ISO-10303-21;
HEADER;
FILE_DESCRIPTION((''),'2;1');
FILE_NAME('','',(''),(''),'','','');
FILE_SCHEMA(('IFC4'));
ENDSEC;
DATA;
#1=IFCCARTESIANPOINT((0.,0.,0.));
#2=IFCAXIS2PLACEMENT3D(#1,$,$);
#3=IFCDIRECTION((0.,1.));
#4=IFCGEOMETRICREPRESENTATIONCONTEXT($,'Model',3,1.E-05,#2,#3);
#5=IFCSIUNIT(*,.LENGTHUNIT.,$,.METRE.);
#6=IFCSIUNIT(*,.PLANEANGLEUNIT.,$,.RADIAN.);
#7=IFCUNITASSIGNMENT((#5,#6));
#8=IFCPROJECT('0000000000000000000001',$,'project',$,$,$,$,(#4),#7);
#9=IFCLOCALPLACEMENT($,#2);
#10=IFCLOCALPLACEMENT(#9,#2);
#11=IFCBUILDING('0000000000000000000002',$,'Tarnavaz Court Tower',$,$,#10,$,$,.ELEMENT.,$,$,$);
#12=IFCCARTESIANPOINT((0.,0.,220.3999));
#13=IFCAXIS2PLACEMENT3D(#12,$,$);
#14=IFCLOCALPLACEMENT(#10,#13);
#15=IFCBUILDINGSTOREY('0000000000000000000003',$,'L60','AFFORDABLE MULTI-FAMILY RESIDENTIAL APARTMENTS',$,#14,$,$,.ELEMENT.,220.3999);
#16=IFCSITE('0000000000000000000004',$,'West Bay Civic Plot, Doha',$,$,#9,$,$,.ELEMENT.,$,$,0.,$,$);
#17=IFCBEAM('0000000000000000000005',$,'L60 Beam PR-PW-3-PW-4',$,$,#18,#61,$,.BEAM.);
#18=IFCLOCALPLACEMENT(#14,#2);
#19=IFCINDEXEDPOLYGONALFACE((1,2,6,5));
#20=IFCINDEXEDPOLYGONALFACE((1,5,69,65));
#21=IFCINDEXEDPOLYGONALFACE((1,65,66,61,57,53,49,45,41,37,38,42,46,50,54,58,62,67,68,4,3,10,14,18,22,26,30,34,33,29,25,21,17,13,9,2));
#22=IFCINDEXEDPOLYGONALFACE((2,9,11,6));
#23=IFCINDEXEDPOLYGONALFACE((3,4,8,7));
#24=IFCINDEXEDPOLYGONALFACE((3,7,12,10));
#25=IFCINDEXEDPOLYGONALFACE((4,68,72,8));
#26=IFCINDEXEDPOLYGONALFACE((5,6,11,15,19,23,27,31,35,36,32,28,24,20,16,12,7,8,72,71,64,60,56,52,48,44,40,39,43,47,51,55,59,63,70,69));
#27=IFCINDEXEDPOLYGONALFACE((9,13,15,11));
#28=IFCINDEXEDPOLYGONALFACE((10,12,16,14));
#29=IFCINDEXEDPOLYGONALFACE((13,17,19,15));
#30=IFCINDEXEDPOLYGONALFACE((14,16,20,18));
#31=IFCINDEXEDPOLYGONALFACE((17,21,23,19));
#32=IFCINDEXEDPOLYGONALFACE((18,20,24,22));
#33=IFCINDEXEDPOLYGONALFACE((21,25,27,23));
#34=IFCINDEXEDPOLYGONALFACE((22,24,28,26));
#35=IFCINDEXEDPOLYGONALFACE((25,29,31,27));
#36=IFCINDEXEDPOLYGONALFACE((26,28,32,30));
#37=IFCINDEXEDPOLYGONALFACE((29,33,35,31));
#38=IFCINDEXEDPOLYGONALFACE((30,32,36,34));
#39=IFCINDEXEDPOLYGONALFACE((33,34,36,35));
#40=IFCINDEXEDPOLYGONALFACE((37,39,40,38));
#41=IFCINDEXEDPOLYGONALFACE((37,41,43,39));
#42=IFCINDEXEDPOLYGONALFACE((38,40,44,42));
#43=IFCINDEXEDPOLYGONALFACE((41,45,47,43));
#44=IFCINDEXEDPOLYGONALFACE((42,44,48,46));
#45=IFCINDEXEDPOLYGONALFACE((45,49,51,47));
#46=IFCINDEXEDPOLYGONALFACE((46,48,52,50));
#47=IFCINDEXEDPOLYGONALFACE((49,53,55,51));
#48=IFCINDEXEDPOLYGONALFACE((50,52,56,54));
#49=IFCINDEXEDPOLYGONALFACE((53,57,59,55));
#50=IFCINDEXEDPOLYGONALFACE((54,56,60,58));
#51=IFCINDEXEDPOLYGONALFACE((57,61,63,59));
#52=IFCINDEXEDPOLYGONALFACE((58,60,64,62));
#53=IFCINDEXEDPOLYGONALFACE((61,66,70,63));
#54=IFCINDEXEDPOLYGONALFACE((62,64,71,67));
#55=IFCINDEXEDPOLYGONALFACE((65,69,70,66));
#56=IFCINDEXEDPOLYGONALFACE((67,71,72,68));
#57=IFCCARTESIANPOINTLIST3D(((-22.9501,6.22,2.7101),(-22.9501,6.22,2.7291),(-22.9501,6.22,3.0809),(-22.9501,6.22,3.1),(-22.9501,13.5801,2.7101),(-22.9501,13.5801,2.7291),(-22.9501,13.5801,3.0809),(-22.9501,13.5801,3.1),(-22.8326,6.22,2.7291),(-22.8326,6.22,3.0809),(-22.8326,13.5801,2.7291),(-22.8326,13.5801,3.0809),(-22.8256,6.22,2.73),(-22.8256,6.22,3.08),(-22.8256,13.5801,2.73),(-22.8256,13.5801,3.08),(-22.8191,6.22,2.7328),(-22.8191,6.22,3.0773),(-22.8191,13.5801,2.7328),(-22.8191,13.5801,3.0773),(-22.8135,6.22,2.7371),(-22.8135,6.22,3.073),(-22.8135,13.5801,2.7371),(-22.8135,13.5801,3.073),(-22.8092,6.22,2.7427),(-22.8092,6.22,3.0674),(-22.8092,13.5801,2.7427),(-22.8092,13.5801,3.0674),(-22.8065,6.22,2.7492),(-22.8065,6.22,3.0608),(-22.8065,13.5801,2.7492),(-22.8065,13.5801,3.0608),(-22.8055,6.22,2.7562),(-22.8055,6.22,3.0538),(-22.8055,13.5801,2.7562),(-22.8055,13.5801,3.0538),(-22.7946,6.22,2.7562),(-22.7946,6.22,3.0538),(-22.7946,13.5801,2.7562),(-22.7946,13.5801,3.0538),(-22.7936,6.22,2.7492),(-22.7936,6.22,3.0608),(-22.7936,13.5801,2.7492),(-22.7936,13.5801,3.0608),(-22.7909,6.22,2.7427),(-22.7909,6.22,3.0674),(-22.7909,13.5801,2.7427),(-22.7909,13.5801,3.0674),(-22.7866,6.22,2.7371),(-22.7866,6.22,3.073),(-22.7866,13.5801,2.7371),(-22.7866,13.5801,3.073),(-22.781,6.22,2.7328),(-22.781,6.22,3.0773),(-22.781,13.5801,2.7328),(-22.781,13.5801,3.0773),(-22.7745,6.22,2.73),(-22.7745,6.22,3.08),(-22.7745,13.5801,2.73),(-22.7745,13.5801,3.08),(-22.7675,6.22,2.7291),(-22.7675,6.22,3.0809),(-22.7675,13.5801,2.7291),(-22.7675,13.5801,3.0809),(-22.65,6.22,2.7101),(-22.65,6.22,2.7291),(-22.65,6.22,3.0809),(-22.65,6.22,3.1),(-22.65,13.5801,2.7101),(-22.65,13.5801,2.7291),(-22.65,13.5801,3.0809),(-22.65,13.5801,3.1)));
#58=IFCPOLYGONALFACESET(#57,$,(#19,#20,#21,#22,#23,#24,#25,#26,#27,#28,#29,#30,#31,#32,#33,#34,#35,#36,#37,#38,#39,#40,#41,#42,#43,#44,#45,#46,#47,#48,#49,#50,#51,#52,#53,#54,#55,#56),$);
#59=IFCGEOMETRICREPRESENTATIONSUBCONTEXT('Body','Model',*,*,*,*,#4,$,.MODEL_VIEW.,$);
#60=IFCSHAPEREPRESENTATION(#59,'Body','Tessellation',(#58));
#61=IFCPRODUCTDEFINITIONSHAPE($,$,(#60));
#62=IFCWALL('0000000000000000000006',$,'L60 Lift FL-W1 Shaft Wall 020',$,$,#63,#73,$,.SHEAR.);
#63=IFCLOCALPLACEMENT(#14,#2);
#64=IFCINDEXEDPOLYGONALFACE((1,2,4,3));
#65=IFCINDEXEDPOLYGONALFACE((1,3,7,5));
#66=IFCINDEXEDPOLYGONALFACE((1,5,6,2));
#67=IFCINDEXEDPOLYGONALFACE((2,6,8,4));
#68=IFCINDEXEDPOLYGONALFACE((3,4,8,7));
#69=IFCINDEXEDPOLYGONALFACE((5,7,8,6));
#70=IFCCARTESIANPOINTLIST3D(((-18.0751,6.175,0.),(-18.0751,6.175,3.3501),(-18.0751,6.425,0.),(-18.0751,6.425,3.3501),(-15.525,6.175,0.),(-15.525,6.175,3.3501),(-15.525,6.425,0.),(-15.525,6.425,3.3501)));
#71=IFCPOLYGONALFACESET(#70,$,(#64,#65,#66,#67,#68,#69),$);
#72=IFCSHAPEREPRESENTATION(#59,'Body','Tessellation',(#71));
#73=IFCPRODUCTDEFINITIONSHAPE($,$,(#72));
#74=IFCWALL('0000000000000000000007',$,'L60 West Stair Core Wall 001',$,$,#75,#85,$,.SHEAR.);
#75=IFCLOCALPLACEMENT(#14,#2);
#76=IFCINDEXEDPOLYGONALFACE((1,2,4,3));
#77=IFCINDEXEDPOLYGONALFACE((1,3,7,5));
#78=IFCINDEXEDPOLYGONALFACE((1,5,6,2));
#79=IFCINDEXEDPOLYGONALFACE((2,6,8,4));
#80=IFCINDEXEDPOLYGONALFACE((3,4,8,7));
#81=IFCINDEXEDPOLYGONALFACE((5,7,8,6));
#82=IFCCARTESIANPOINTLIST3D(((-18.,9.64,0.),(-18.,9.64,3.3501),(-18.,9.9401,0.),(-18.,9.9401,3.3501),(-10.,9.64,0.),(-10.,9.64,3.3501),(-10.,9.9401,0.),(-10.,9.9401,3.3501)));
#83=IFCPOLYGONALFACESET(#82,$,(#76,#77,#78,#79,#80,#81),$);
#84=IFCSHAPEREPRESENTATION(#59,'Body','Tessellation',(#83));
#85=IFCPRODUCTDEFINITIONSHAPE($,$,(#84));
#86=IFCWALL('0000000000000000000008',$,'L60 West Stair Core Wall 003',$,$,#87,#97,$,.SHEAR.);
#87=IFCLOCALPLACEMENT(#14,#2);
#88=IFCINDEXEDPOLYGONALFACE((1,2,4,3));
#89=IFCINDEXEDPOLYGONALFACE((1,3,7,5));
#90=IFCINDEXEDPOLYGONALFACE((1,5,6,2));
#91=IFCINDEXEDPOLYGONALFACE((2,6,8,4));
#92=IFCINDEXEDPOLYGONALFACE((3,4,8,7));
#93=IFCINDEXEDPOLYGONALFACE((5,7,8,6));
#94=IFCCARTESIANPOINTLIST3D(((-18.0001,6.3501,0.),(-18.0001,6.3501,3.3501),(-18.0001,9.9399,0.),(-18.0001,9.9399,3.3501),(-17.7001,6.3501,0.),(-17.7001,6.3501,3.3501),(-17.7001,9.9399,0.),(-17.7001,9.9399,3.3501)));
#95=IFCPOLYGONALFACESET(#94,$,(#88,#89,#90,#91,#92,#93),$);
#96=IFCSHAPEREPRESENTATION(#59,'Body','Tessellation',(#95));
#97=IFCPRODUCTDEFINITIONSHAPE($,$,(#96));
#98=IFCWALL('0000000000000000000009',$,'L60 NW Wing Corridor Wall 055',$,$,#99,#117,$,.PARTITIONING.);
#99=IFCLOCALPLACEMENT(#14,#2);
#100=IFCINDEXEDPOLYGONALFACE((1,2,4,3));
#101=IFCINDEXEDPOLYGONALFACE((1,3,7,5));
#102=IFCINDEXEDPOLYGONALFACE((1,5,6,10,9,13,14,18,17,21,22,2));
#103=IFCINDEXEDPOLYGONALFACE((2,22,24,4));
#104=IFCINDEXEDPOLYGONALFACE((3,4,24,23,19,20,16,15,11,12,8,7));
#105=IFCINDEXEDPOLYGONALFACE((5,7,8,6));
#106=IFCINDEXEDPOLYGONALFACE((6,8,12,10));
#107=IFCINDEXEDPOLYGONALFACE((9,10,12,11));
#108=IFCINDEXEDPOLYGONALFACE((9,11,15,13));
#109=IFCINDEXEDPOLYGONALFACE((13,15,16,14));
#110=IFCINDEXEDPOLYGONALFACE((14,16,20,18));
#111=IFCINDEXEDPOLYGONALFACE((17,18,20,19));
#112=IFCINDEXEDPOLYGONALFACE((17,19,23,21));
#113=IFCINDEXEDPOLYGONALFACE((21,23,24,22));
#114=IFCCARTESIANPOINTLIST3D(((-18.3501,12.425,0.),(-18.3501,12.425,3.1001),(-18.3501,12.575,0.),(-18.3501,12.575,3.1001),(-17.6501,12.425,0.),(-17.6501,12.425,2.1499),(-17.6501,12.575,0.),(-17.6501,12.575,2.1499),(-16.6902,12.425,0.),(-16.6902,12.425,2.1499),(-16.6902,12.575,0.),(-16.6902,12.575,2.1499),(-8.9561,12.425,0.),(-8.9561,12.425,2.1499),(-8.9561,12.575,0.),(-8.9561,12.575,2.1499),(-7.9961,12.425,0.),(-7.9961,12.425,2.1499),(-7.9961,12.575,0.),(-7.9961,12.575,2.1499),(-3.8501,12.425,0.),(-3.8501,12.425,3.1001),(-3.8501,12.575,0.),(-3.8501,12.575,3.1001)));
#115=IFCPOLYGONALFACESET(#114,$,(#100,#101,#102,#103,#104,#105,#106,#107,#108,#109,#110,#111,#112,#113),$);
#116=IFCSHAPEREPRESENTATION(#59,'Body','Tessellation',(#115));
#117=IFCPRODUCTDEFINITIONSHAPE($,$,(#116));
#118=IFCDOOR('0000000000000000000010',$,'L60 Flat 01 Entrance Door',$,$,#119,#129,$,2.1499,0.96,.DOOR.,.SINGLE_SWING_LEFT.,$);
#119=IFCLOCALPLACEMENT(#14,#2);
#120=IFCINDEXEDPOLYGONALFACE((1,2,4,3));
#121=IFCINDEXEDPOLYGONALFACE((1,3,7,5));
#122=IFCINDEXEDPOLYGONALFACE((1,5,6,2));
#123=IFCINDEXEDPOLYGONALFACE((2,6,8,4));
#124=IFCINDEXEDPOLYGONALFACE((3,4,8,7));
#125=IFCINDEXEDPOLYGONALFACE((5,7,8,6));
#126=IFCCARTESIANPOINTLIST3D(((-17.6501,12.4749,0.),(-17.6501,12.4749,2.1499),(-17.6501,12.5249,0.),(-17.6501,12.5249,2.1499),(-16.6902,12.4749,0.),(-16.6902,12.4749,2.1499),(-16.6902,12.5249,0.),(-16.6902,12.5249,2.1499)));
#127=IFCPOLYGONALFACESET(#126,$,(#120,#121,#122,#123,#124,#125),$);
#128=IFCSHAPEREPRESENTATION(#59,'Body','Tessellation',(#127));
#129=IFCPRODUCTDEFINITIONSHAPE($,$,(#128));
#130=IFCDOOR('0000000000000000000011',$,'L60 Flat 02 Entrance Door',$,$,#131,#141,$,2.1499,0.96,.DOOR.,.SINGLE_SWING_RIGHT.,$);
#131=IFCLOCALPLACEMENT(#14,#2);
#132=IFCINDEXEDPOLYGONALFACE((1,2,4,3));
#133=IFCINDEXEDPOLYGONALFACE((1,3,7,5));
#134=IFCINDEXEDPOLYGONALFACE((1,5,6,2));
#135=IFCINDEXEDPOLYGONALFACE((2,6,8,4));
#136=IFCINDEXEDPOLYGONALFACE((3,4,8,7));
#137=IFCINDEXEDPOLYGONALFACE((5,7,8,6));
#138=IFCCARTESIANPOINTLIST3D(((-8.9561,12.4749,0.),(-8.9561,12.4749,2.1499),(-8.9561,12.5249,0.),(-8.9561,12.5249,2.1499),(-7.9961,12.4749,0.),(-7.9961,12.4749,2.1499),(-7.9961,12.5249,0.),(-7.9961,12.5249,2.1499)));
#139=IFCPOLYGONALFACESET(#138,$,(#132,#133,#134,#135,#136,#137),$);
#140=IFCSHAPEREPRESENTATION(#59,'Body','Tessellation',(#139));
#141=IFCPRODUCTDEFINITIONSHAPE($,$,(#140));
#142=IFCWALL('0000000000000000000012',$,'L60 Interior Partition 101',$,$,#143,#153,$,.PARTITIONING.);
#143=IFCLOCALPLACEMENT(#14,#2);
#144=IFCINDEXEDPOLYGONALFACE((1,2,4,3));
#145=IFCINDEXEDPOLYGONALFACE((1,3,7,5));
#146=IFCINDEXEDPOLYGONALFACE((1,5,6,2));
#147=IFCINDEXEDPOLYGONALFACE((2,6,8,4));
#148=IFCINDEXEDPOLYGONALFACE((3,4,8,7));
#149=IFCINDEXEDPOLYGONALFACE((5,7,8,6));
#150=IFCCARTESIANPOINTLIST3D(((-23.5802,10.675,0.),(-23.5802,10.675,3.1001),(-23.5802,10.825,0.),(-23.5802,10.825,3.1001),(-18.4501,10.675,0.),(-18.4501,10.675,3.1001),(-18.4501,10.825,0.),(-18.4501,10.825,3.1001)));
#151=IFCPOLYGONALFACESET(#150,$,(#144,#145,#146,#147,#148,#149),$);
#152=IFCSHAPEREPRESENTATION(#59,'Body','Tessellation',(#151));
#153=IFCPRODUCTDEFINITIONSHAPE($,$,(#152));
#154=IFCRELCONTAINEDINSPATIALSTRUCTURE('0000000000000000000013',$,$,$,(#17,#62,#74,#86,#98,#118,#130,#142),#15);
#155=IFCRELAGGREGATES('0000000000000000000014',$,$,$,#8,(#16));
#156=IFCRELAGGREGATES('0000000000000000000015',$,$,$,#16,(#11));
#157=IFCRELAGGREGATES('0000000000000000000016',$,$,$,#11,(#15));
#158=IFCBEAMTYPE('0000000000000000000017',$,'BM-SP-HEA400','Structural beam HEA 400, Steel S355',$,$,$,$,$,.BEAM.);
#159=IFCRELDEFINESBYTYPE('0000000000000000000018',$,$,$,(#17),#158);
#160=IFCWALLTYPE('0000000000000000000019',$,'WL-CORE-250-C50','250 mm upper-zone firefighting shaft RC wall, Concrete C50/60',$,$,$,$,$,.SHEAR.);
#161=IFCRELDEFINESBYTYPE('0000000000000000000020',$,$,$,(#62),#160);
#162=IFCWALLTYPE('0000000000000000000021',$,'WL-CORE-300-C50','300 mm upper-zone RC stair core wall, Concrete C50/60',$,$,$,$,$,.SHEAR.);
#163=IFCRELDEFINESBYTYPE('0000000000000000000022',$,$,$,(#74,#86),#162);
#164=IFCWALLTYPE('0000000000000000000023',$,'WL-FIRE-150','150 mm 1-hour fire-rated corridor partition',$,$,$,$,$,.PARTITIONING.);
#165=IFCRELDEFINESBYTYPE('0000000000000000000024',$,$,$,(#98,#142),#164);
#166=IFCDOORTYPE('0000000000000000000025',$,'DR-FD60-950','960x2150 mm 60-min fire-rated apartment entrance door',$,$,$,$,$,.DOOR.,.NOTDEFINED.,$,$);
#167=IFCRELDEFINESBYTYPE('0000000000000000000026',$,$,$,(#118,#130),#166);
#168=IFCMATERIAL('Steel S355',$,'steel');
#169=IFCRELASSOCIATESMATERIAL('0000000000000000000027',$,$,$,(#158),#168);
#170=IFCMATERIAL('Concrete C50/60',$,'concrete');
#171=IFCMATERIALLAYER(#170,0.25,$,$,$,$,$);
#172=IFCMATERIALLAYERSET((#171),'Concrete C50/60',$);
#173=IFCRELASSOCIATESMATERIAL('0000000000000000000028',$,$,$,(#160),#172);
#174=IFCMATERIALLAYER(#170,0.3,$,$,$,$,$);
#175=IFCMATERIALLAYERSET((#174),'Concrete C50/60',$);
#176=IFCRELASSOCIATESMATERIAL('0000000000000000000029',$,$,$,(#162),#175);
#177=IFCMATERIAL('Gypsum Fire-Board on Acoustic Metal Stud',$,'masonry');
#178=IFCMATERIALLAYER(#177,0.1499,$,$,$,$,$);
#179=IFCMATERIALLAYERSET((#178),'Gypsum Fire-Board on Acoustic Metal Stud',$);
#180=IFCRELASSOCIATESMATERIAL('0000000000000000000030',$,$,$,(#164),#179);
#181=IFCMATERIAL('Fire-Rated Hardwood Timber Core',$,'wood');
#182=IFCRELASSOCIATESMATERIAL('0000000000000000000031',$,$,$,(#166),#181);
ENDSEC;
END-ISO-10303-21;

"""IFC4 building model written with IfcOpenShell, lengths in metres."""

from ifc_helpers import new_model, si_unit, direction, frame, frame_2d, origin, origin_2d, place, context, subcontext, project, spatial, rectangle, i_section, extrude, material, layer, layer_set, material_profile, profile_set, type_object, element, fill, save


model = new_model("IFC4")

# Units and contexts
model_context = context("Model", 3, precision=1e-05, world=origin(), true_north=direction((0.0, 1.0)))
body_context = subcontext(model_context, "Body", "Model", "MODEL_VIEW")
ifc_project = project(units=[si_unit("LENGTHUNIT", "METRE"), si_unit("PLANEANGLEUNIT", "RADIAN")], contexts=[model_context])

# Site, building, storey
site_placement = place(None, origin())
site = spatial("IfcSite", under=ifc_project, at=site_placement, Name="West Bay Civic Plot, Doha", CompositionType="ELEMENT", RefElevation=0.0)
building_placement = place(site_placement, origin())
building = spatial("IfcBuilding", under=site, at=building_placement, Name="Tarnavaz Court Tower", CompositionType="ELEMENT")
storey_placement = place(building_placement, frame((0.0, 0.0, 220.3999)))
storey = spatial("IfcBuildingStorey", under=building, at=storey_placement, Name="L60", Description="AFFORDABLE MULTI-FAMILY RESIDENTIAL APARTMENTS", CompositionType="ELEMENT", Elevation=220.3999)

# Shared definitions
ifc_material_1 = material(Name="Concrete C50/60", Category="concrete")

# Beam
ifc_material_2 = material(Name="Steel S355", Category="steel")
ifc_material_profile_1 = material_profile(ifc_material_2, i_section(OverallWidth=0.3, OverallDepth=0.3899, WebThickness=0.011, FlangeThickness=0.019, FilletRadius=0.0271, at=origin_2d()), Name="HEA 400")
ifc_profile_set_1 = profile_set([ifc_material_profile_1], Name="Steel S355")
beam_type_1 = type_object("IfcBeamType", Name="BM-SP-HEA400", Description="Structural beam HEA 400, Steel S355", PredefinedType="BEAM", material=ifc_profile_set_1)
beam_1_placement = place(storey_placement, frame((-22.8, 6.22, 2.905), z_axis=(0.0, 1.0, 0.0), x_axis=(-1.0, 0.0, 0.0)))
element("IfcBeam", 1, at=beam_1_placement, inside=storey, type_object=beam_type_1, Name="L60 Beam PR-PW-3-PW-4", PredefinedType="BEAM", context=body_context, shape_type="SweptSolid", body=[
    extrude(i_section(OverallWidth=0.3, OverallDepth=0.3899, WebThickness=0.011, FlangeThickness=0.019, FilletRadius=0.0271, at=origin_2d()), origin(), (0.0, 0.0, 1.0), 7.3601),
])

# Walls
ifc_layer_1 = layer(ifc_material_1, 0.25)
ifc_layer_set_1 = layer_set([ifc_layer_1], Name="Concrete C50/60")
wall_type_1 = type_object("IfcWallType", Name="WL-CORE-250-C50", Description="250 mm upper-zone firefighting shaft RC wall, Concrete C50/60", PredefinedType="SHEAR", material=ifc_layer_set_1)
wall_1_placement = place(storey_placement, frame((-18.075, 6.3, 0.0), z_axis=(0.0, 0.0, 1.0), x_axis=(1.0, 0.0, 0.0)))
element("IfcWall", 2, at=wall_1_placement, inside=storey, type_object=wall_type_1, Name="L60 Lift FL-W1 Shaft Wall 020", PredefinedType="SHEAR", context=body_context, shape_type="SweptSolid", body=[
    extrude(rectangle(XDim=2.55, YDim=0.25, at=frame_2d((1.2749, 0.0))), origin(), (0.0, 0.0, 1.0), 3.3501),
])
ifc_layer_2 = layer(ifc_material_1, 0.3)
ifc_layer_set_2 = layer_set([ifc_layer_2], Name="Concrete C50/60")
wall_type_2 = type_object("IfcWallType", Name="WL-CORE-300-C50", Description="300 mm upper-zone RC stair core wall, Concrete C50/60", PredefinedType="SHEAR", material=ifc_layer_set_2)
wall_2_placement = place(storey_placement, frame((-18.0, 9.79, 0.0), z_axis=(0.0, 0.0, 1.0), x_axis=(1.0, 0.0, 0.0)))
element("IfcWall", 3, at=wall_2_placement, inside=storey, type_object=wall_type_2, Name="L60 West Stair Core Wall 001", PredefinedType="SHEAR", context=body_context, shape_type="SweptSolid", body=[
    extrude(rectangle(XDim=8.0, YDim=0.3, at=frame_2d((4.0, 0.0))), origin(), (0.0, 0.0, 1.0), 3.3501),
])

# Shared definitions
ifc_material_3 = material(Name="Fire-Rated Hardwood Timber Core", Category="wood")

# Wall
wall_3_placement = place(storey_placement, frame((-17.8501, 6.3501, 0.0), z_axis=(0.0, 0.0, 1.0), x_axis=(0.0, 1.0, 0.0)))
element("IfcWall", 4, at=wall_3_placement, inside=storey, type_object=wall_type_2, Name="L60 West Stair Core Wall 003", PredefinedType="SHEAR", context=body_context, shape_type="SweptSolid", body=[
    extrude(rectangle(XDim=3.5898, YDim=0.3, at=frame_2d((1.7949, 0.0))), origin(), (0.0, 0.0, 1.0), 3.3501),
])

# Wall, openings, doors
ifc_material_4 = material(Name="Gypsum Fire-Board on Acoustic Metal Stud", Category="masonry")
ifc_layer_3 = layer(ifc_material_4, 0.1499)
ifc_layer_set_3 = layer_set([ifc_layer_3], Name="Gypsum Fire-Board on Acoustic Metal Stud")
wall_type_3 = type_object("IfcWallType", Name="WL-FIRE-150", Description="150 mm 1-hour fire-rated corridor partition", PredefinedType="PARTITIONING", material=ifc_layer_set_3)
wall_4_placement = place(storey_placement, frame((-18.3501, 12.5, 0.0), z_axis=(0.0, 0.0, 1.0), x_axis=(1.0, 0.0, 0.0)))
wall_4 = element("IfcWall", 5, at=wall_4_placement, inside=storey, type_object=wall_type_3, Name="L60 NW Wing Corridor Wall 055", PredefinedType="PARTITIONING", context=body_context, shape_type="SweptSolid", body=[
    extrude(rectangle(XDim=14.5, YDim=0.1499, at=frame_2d((7.25, 0.0))), origin(), (0.0, 0.0, 1.0), 3.1001),
])
opening_1_placement = place(wall_4_placement, frame((0.7, 0.0, 0.0)))
opening_1 = element("IfcOpeningElement", 6, at=opening_1_placement, cuts=wall_4, PredefinedType="OPENING", context=body_context, shape_type="SweptSolid", body=[
    extrude(rectangle(XDim=0.96, YDim=2.1499, at=frame_2d((0.48, 1.075))), frame((0.0, 0.085, 0.0), z_axis=(0.0, -1.0, 0.0), x_axis=(1.0, 0.0, 0.0)), (0.0, 0.0, 1.0), 0.1699),
])
opening_2_placement = place(wall_4_placement, frame((9.394, 0.0, 0.0)))
opening_2 = element("IfcOpeningElement", 7, at=opening_2_placement, cuts=wall_4, PredefinedType="OPENING", context=body_context, shape_type="SweptSolid", body=[
    extrude(rectangle(XDim=0.96, YDim=2.1499, at=frame_2d((0.48, 1.075))), frame((0.0, 0.085, 0.0), z_axis=(0.0, -1.0, 0.0), x_axis=(1.0, 0.0, 0.0)), (0.0, 0.0, 1.0), 0.1699),
])
door_type_1 = type_object("IfcDoorType", Name="DR-FD60-950", Description="960x2150 mm 60-min fire-rated apartment entrance door", OperationType="NOTDEFINED", PredefinedType="DOOR", material=ifc_material_3)
door_1_placement = place(opening_1_placement, origin())
door_1 = element("IfcDoor", 8, at=door_1_placement, inside=storey, type_object=door_type_1, Name="L60 Flat 01 Entrance Door", OperationType="SINGLE_SWING_LEFT", OverallHeight=2.1499, OverallWidth=0.96, PredefinedType="DOOR", context=body_context, shape_type="SweptSolid", body=[
    extrude(rectangle(XDim=0.96, YDim=2.1499, at=frame_2d((0.48, 1.075))), frame((0.0, 0.0249, 0.0), z_axis=(0.0, -1.0, 0.0), x_axis=(1.0, 0.0, 0.0)), (0.0, 0.0, 1.0), 0.05),
])
fill(opening_1, door_1)
door_2_placement = place(opening_2_placement, origin())
door_2 = element("IfcDoor", 9, at=door_2_placement, inside=storey, type_object=door_type_1, Name="L60 Flat 02 Entrance Door", OperationType="SINGLE_SWING_RIGHT", OverallHeight=2.1499, OverallWidth=0.96, PredefinedType="DOOR", context=body_context, shape_type="SweptSolid", body=[
    extrude(rectangle(XDim=0.96, YDim=2.1499, at=frame_2d((0.48, 1.075))), frame((0.0, 0.0249, 0.0), z_axis=(0.0, -1.0, 0.0), x_axis=(1.0, 0.0, 0.0)), (0.0, 0.0, 1.0), 0.05),
])
fill(opening_2, door_2)

# Wall
wall_5_placement = place(storey_placement, frame((-23.5801, 10.75, 0.0), z_axis=(0.0, 0.0, 1.0), x_axis=(1.0, 0.0, 0.0)))
element("IfcWall", 10, at=wall_5_placement, inside=storey, type_object=wall_type_3, Name="L60 Interior Partition 101", PredefinedType="PARTITIONING", context=body_context, shape_type="SweptSolid", body=[
    extrude(rectangle(XDim=5.1301, YDim=0.1499, at=frame_2d((2.5649, 0.0))), origin(), (0.0, 0.0, 1.0), 3.1001),
])

save(model, "model.ifc")
